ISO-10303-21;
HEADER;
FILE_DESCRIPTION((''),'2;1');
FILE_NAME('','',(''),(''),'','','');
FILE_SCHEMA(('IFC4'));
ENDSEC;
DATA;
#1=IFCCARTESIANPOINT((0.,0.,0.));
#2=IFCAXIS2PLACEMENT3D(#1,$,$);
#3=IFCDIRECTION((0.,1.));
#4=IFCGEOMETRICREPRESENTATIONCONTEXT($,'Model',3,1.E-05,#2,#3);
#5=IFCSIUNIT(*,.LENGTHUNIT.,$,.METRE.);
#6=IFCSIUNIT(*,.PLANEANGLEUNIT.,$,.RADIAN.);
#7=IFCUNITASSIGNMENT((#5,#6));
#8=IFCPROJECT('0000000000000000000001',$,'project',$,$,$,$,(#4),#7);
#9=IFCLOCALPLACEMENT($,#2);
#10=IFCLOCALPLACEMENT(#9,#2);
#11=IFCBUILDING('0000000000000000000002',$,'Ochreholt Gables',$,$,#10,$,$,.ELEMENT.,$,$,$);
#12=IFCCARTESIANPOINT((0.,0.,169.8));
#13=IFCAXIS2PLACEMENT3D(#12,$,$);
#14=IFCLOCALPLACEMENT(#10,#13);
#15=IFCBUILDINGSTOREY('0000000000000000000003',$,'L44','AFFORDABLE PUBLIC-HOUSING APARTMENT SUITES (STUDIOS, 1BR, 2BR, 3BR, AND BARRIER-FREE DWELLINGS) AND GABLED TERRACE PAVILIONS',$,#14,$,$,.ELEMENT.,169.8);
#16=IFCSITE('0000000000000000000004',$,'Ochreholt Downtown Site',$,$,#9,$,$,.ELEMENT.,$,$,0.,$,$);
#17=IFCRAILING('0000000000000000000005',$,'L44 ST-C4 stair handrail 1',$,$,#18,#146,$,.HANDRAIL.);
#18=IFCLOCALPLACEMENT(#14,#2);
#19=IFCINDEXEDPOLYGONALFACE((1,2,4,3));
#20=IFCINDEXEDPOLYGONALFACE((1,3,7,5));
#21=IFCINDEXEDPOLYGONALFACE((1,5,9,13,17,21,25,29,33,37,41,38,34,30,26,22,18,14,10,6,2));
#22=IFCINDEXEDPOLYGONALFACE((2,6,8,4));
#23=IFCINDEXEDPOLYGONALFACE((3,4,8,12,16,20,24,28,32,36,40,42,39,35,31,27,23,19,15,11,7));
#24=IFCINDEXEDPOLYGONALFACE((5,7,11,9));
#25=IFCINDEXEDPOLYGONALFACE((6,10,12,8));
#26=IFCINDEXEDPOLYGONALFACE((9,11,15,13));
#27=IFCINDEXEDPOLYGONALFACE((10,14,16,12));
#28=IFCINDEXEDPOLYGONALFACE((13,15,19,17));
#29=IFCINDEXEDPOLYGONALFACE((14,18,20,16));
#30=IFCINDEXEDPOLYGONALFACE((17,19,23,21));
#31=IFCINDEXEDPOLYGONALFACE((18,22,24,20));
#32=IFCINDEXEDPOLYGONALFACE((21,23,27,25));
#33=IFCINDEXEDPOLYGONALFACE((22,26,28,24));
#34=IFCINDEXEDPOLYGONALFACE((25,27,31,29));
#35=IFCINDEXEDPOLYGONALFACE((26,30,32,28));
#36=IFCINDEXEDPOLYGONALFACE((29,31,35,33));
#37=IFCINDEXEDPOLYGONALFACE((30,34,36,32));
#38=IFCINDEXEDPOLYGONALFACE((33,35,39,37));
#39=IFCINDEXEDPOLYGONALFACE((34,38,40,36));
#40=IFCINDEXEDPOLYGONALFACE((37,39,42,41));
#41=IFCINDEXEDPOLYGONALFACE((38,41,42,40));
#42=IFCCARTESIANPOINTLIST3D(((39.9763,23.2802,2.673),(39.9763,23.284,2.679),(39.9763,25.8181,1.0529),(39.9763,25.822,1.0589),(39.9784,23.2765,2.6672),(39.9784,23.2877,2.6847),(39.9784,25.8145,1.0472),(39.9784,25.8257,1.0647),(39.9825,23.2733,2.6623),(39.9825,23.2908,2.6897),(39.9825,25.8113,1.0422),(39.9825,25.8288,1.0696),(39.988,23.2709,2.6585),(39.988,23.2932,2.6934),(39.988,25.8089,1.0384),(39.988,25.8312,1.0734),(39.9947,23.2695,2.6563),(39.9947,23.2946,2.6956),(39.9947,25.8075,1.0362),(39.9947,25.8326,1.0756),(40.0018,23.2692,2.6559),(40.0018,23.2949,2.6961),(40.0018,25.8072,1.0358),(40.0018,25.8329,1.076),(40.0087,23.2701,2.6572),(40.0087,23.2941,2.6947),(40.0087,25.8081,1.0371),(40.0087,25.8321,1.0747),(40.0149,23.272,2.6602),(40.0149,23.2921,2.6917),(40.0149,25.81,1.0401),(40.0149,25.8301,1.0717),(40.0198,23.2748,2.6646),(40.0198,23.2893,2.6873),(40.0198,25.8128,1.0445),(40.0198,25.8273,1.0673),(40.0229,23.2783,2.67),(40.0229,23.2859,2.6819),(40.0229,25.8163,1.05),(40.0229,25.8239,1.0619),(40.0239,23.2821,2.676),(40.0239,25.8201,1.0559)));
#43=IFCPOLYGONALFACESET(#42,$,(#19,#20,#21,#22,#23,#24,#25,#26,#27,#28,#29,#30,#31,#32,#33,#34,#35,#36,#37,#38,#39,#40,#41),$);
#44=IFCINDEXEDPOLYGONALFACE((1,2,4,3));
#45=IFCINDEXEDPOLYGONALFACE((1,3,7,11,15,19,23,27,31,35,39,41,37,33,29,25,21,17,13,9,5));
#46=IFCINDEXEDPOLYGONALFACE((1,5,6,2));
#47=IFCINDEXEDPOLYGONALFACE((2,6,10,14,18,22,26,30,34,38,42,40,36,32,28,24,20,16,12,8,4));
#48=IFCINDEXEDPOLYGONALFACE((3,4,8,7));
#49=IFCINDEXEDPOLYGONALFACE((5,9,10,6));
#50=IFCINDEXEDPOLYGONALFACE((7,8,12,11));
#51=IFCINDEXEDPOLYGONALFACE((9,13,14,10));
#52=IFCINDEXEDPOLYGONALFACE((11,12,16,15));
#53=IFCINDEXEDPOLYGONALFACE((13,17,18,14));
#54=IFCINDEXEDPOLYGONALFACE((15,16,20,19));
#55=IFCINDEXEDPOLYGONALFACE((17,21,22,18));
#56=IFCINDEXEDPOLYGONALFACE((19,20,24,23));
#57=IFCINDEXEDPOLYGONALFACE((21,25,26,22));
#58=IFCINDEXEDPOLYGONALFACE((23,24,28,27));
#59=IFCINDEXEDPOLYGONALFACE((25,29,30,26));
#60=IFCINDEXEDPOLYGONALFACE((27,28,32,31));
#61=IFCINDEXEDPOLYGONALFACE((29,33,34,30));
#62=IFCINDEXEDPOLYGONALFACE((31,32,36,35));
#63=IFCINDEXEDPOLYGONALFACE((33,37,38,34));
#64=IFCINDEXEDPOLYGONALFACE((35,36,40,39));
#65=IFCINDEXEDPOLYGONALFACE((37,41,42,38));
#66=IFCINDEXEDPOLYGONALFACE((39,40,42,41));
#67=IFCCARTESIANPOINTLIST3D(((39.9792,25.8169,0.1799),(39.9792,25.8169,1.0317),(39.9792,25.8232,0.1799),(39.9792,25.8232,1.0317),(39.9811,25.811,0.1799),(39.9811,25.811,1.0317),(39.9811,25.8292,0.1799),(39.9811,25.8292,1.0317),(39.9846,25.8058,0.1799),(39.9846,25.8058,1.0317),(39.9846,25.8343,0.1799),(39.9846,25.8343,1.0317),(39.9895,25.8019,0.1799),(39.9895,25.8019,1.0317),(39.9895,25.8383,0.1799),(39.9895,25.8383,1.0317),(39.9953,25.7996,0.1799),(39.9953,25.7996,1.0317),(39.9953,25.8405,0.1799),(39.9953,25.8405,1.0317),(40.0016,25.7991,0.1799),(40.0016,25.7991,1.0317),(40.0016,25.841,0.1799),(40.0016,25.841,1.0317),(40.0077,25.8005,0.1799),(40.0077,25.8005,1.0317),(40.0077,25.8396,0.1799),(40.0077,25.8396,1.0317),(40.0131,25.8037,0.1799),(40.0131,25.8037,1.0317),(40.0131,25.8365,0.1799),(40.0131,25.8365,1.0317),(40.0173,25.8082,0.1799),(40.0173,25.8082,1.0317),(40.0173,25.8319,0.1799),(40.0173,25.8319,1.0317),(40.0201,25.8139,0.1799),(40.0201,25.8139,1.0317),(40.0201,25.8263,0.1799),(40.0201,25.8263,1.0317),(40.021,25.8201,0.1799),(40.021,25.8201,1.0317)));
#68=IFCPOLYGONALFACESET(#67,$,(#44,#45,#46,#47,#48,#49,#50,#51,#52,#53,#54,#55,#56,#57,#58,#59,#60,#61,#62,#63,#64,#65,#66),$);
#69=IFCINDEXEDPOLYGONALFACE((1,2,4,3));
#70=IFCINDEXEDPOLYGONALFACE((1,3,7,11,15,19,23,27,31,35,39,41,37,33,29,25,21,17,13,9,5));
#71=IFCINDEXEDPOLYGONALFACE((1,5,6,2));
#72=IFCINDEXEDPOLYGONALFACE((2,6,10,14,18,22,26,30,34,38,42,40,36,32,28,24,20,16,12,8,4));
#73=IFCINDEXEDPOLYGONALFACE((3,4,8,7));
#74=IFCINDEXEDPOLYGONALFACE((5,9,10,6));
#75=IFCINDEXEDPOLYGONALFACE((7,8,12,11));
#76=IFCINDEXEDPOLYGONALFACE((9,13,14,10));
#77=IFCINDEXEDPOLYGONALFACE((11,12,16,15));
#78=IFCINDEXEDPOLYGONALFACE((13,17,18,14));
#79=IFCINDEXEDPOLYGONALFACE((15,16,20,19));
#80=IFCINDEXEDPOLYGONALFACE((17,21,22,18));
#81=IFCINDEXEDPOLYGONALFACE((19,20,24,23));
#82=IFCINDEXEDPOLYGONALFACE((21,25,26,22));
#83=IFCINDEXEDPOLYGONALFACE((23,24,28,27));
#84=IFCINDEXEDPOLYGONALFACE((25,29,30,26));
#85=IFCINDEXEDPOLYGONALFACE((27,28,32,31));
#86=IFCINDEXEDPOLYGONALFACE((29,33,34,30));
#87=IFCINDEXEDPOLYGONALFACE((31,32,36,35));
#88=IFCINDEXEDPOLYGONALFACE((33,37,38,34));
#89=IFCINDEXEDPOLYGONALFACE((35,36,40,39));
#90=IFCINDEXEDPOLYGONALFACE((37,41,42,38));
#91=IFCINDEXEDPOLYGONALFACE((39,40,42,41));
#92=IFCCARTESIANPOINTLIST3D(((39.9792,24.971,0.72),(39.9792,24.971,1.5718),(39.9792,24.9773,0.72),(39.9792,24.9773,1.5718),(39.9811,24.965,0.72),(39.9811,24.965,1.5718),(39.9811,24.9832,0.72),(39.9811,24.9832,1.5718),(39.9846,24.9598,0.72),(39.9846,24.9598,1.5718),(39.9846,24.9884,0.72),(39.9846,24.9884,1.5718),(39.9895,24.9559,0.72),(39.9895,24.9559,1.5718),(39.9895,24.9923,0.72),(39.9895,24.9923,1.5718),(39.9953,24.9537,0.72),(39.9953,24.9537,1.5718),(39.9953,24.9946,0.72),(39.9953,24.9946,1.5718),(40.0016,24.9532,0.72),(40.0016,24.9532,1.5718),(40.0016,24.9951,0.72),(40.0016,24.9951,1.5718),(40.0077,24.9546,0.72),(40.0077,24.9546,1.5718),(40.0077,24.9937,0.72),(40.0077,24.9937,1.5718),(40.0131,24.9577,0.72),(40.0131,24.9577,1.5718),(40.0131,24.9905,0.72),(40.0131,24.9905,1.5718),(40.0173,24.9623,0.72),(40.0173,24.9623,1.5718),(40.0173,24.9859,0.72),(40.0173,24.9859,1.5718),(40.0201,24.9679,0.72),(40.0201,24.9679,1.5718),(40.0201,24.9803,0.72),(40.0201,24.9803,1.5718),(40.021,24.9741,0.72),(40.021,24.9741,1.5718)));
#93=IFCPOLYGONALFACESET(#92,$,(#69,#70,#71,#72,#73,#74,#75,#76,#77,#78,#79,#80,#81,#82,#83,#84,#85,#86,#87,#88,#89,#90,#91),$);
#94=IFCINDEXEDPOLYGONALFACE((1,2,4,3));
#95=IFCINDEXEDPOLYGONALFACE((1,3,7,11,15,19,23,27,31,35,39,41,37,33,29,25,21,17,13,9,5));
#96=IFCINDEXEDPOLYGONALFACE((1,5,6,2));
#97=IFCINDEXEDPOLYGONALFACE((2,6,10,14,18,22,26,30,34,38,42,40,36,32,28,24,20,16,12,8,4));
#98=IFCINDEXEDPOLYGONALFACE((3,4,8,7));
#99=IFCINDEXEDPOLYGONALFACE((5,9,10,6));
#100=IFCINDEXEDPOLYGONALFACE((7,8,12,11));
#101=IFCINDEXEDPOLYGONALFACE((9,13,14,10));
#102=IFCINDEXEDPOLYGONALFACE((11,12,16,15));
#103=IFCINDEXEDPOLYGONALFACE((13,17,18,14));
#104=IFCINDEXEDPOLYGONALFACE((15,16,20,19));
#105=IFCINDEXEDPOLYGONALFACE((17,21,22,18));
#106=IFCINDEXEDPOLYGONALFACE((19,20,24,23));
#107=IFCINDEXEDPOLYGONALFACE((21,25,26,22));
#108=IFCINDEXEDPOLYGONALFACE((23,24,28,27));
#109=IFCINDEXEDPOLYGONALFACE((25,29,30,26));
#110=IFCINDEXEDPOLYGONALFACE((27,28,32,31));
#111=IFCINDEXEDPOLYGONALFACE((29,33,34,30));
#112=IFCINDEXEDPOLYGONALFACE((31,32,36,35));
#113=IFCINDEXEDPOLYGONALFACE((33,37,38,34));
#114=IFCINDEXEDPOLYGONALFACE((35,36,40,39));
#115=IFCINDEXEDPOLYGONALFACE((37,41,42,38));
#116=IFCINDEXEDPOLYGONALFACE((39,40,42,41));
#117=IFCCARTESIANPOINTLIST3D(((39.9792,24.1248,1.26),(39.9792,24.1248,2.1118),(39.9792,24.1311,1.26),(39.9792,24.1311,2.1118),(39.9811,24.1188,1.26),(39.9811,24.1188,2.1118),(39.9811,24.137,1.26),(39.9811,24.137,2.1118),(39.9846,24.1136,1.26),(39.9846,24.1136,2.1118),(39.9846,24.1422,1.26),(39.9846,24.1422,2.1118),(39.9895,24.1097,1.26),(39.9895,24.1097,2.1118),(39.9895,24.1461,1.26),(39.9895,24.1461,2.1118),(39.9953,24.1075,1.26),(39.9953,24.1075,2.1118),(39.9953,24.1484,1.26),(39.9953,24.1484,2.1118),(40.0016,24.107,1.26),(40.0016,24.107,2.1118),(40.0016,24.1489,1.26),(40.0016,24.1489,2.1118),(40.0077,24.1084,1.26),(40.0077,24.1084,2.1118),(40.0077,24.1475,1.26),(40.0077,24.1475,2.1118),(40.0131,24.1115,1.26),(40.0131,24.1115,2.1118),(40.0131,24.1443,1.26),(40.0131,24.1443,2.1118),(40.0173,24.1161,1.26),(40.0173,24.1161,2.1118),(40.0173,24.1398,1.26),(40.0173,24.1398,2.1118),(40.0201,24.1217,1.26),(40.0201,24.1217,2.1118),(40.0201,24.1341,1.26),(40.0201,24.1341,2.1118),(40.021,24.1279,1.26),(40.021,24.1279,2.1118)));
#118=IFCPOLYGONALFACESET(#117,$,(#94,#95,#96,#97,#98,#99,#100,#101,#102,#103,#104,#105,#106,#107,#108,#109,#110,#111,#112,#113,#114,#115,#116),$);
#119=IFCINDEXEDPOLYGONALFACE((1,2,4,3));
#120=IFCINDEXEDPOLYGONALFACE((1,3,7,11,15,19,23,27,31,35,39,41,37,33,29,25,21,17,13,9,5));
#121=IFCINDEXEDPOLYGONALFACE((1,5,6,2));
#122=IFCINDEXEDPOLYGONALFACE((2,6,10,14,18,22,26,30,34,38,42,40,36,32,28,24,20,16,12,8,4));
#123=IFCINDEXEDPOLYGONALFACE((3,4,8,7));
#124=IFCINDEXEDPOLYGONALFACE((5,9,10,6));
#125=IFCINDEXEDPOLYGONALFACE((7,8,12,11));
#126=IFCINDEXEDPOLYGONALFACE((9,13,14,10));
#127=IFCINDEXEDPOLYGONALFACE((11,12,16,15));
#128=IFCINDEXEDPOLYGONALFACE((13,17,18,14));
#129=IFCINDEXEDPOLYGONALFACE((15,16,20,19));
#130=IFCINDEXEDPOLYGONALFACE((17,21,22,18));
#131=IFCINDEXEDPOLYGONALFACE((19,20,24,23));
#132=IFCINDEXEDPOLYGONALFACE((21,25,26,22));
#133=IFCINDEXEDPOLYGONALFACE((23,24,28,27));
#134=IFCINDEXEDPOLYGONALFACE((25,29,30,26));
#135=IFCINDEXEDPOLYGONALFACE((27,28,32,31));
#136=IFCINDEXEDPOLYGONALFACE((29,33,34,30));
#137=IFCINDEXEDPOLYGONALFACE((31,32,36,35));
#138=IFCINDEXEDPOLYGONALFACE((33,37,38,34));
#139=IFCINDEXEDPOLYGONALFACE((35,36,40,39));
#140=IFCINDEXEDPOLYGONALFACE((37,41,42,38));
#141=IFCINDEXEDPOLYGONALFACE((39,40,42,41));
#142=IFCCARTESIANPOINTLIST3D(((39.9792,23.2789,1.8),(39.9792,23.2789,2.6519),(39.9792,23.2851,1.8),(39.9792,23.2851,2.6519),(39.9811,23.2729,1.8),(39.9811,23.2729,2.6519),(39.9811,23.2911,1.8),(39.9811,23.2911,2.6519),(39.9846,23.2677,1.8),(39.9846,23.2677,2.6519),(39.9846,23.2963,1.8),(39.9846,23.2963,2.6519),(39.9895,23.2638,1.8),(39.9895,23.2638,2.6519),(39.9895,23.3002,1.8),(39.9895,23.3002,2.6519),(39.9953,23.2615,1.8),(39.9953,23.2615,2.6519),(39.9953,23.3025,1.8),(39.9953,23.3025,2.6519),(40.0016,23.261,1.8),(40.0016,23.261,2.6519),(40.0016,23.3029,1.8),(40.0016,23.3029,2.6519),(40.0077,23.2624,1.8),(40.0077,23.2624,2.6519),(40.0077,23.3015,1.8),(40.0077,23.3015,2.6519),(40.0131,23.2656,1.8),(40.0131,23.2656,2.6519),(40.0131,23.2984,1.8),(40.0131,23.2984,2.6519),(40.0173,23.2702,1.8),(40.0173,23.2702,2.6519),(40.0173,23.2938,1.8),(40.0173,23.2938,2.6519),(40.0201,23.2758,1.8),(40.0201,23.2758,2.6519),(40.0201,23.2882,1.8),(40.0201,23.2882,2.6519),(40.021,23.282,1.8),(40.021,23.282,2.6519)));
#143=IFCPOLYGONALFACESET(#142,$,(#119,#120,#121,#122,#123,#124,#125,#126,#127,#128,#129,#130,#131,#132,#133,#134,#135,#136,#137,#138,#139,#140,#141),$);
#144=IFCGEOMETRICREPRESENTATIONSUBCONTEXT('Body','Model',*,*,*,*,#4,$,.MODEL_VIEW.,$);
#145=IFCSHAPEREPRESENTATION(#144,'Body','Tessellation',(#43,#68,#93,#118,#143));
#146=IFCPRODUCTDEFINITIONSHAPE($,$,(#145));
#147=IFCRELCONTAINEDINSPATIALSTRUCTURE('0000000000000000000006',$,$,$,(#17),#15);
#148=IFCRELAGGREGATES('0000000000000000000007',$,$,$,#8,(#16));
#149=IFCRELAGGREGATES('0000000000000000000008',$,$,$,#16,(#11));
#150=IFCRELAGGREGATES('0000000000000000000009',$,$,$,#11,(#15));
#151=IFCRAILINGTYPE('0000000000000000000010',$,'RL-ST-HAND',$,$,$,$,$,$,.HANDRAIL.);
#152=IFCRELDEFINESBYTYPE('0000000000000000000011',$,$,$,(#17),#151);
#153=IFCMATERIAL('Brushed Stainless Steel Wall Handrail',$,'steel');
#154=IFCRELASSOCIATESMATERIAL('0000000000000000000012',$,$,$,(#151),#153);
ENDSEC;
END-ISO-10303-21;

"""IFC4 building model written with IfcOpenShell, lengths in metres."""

from ifc_helpers import new_model, si_unit, direction, frame, origin, origin_2d, place, context, subcontext, project, spatial, circle, extrude, material, type_object, element, save


model = new_model("IFC4")

# Units and contexts
model_context = context("Model", 3, precision=1e-05, world=origin(), true_north=direction((0.0, 1.0)))
body_context = subcontext(model_context, "Body", "Model", "MODEL_VIEW")
ifc_project = project(units=[si_unit("LENGTHUNIT", "METRE"), si_unit("PLANEANGLEUNIT", "RADIAN")], contexts=[model_context])

# Site, building, storey
site_placement = place(None, origin())
site = spatial("IfcSite", under=ifc_project, at=site_placement, Name="Ochreholt Downtown Site", CompositionType="ELEMENT", RefElevation=0.0)
building_placement = place(site_placement, origin())
building = spatial("IfcBuilding", under=site, at=building_placement, Name="Ochreholt Gables", CompositionType="ELEMENT")
storey_placement = place(building_placement, frame((0.0, 0.0, 169.8)))
storey = spatial("IfcBuildingStorey", under=building, at=storey_placement, Name="L44", Description="AFFORDABLE PUBLIC-HOUSING APARTMENT SUITES (STUDIOS, 1BR, 2BR, 3BR, AND BARRIER-FREE DWELLINGS) AND GABLED TERRACE PAVILIONS", CompositionType="ELEMENT", Elevation=169.8)

# Railing
ifc_material_1 = material(Name="Brushed Stainless Steel Wall Handrail", Category="steel")
railing_type_1 = type_object("IfcRailingType", Name="RL-ST-HAND", PredefinedType="HANDRAIL", material=ifc_material_1)
railing_1_placement = place(storey_placement, frame((40.0, 25.8201, 0.1799)))
element("IfcRailing", 1, at=railing_1_placement, inside=storey, type_object=railing_type_1, Name="L44 ST-C4 stair handrail 1", PredefinedType="HANDRAIL", context=body_context, shape_type="SweptSolid", body=[
    extrude(circle(Radius=0.0239, at=origin_2d()), frame((0.0, 0.0, 0.876), z_axis=(0.0, -0.842913, 0.53805), x_axis=(1.0, 0.0, 0.0)), (0.0, 0.0, 1.0), 3.011),
    extrude(circle(Radius=0.021, at=origin_2d()), origin(), (0.0, 0.0, 1.0), 0.8518),
    extrude(circle(Radius=0.021, at=origin_2d()), frame((0.0, -0.8459, 0.54)), (0.0, 0.0, 1.0), 0.8518),
    extrude(circle(Radius=0.021, at=origin_2d()), frame((0.0, -1.6921, 1.0801)), (0.0, 0.0, 1.0), 0.8518),
    extrude(circle(Radius=0.021, at=origin_2d()), frame((0.0, -2.5381, 1.6201)), (0.0, 0.0, 1.0), 0.8518),
])

save(model, "model.ifc")
